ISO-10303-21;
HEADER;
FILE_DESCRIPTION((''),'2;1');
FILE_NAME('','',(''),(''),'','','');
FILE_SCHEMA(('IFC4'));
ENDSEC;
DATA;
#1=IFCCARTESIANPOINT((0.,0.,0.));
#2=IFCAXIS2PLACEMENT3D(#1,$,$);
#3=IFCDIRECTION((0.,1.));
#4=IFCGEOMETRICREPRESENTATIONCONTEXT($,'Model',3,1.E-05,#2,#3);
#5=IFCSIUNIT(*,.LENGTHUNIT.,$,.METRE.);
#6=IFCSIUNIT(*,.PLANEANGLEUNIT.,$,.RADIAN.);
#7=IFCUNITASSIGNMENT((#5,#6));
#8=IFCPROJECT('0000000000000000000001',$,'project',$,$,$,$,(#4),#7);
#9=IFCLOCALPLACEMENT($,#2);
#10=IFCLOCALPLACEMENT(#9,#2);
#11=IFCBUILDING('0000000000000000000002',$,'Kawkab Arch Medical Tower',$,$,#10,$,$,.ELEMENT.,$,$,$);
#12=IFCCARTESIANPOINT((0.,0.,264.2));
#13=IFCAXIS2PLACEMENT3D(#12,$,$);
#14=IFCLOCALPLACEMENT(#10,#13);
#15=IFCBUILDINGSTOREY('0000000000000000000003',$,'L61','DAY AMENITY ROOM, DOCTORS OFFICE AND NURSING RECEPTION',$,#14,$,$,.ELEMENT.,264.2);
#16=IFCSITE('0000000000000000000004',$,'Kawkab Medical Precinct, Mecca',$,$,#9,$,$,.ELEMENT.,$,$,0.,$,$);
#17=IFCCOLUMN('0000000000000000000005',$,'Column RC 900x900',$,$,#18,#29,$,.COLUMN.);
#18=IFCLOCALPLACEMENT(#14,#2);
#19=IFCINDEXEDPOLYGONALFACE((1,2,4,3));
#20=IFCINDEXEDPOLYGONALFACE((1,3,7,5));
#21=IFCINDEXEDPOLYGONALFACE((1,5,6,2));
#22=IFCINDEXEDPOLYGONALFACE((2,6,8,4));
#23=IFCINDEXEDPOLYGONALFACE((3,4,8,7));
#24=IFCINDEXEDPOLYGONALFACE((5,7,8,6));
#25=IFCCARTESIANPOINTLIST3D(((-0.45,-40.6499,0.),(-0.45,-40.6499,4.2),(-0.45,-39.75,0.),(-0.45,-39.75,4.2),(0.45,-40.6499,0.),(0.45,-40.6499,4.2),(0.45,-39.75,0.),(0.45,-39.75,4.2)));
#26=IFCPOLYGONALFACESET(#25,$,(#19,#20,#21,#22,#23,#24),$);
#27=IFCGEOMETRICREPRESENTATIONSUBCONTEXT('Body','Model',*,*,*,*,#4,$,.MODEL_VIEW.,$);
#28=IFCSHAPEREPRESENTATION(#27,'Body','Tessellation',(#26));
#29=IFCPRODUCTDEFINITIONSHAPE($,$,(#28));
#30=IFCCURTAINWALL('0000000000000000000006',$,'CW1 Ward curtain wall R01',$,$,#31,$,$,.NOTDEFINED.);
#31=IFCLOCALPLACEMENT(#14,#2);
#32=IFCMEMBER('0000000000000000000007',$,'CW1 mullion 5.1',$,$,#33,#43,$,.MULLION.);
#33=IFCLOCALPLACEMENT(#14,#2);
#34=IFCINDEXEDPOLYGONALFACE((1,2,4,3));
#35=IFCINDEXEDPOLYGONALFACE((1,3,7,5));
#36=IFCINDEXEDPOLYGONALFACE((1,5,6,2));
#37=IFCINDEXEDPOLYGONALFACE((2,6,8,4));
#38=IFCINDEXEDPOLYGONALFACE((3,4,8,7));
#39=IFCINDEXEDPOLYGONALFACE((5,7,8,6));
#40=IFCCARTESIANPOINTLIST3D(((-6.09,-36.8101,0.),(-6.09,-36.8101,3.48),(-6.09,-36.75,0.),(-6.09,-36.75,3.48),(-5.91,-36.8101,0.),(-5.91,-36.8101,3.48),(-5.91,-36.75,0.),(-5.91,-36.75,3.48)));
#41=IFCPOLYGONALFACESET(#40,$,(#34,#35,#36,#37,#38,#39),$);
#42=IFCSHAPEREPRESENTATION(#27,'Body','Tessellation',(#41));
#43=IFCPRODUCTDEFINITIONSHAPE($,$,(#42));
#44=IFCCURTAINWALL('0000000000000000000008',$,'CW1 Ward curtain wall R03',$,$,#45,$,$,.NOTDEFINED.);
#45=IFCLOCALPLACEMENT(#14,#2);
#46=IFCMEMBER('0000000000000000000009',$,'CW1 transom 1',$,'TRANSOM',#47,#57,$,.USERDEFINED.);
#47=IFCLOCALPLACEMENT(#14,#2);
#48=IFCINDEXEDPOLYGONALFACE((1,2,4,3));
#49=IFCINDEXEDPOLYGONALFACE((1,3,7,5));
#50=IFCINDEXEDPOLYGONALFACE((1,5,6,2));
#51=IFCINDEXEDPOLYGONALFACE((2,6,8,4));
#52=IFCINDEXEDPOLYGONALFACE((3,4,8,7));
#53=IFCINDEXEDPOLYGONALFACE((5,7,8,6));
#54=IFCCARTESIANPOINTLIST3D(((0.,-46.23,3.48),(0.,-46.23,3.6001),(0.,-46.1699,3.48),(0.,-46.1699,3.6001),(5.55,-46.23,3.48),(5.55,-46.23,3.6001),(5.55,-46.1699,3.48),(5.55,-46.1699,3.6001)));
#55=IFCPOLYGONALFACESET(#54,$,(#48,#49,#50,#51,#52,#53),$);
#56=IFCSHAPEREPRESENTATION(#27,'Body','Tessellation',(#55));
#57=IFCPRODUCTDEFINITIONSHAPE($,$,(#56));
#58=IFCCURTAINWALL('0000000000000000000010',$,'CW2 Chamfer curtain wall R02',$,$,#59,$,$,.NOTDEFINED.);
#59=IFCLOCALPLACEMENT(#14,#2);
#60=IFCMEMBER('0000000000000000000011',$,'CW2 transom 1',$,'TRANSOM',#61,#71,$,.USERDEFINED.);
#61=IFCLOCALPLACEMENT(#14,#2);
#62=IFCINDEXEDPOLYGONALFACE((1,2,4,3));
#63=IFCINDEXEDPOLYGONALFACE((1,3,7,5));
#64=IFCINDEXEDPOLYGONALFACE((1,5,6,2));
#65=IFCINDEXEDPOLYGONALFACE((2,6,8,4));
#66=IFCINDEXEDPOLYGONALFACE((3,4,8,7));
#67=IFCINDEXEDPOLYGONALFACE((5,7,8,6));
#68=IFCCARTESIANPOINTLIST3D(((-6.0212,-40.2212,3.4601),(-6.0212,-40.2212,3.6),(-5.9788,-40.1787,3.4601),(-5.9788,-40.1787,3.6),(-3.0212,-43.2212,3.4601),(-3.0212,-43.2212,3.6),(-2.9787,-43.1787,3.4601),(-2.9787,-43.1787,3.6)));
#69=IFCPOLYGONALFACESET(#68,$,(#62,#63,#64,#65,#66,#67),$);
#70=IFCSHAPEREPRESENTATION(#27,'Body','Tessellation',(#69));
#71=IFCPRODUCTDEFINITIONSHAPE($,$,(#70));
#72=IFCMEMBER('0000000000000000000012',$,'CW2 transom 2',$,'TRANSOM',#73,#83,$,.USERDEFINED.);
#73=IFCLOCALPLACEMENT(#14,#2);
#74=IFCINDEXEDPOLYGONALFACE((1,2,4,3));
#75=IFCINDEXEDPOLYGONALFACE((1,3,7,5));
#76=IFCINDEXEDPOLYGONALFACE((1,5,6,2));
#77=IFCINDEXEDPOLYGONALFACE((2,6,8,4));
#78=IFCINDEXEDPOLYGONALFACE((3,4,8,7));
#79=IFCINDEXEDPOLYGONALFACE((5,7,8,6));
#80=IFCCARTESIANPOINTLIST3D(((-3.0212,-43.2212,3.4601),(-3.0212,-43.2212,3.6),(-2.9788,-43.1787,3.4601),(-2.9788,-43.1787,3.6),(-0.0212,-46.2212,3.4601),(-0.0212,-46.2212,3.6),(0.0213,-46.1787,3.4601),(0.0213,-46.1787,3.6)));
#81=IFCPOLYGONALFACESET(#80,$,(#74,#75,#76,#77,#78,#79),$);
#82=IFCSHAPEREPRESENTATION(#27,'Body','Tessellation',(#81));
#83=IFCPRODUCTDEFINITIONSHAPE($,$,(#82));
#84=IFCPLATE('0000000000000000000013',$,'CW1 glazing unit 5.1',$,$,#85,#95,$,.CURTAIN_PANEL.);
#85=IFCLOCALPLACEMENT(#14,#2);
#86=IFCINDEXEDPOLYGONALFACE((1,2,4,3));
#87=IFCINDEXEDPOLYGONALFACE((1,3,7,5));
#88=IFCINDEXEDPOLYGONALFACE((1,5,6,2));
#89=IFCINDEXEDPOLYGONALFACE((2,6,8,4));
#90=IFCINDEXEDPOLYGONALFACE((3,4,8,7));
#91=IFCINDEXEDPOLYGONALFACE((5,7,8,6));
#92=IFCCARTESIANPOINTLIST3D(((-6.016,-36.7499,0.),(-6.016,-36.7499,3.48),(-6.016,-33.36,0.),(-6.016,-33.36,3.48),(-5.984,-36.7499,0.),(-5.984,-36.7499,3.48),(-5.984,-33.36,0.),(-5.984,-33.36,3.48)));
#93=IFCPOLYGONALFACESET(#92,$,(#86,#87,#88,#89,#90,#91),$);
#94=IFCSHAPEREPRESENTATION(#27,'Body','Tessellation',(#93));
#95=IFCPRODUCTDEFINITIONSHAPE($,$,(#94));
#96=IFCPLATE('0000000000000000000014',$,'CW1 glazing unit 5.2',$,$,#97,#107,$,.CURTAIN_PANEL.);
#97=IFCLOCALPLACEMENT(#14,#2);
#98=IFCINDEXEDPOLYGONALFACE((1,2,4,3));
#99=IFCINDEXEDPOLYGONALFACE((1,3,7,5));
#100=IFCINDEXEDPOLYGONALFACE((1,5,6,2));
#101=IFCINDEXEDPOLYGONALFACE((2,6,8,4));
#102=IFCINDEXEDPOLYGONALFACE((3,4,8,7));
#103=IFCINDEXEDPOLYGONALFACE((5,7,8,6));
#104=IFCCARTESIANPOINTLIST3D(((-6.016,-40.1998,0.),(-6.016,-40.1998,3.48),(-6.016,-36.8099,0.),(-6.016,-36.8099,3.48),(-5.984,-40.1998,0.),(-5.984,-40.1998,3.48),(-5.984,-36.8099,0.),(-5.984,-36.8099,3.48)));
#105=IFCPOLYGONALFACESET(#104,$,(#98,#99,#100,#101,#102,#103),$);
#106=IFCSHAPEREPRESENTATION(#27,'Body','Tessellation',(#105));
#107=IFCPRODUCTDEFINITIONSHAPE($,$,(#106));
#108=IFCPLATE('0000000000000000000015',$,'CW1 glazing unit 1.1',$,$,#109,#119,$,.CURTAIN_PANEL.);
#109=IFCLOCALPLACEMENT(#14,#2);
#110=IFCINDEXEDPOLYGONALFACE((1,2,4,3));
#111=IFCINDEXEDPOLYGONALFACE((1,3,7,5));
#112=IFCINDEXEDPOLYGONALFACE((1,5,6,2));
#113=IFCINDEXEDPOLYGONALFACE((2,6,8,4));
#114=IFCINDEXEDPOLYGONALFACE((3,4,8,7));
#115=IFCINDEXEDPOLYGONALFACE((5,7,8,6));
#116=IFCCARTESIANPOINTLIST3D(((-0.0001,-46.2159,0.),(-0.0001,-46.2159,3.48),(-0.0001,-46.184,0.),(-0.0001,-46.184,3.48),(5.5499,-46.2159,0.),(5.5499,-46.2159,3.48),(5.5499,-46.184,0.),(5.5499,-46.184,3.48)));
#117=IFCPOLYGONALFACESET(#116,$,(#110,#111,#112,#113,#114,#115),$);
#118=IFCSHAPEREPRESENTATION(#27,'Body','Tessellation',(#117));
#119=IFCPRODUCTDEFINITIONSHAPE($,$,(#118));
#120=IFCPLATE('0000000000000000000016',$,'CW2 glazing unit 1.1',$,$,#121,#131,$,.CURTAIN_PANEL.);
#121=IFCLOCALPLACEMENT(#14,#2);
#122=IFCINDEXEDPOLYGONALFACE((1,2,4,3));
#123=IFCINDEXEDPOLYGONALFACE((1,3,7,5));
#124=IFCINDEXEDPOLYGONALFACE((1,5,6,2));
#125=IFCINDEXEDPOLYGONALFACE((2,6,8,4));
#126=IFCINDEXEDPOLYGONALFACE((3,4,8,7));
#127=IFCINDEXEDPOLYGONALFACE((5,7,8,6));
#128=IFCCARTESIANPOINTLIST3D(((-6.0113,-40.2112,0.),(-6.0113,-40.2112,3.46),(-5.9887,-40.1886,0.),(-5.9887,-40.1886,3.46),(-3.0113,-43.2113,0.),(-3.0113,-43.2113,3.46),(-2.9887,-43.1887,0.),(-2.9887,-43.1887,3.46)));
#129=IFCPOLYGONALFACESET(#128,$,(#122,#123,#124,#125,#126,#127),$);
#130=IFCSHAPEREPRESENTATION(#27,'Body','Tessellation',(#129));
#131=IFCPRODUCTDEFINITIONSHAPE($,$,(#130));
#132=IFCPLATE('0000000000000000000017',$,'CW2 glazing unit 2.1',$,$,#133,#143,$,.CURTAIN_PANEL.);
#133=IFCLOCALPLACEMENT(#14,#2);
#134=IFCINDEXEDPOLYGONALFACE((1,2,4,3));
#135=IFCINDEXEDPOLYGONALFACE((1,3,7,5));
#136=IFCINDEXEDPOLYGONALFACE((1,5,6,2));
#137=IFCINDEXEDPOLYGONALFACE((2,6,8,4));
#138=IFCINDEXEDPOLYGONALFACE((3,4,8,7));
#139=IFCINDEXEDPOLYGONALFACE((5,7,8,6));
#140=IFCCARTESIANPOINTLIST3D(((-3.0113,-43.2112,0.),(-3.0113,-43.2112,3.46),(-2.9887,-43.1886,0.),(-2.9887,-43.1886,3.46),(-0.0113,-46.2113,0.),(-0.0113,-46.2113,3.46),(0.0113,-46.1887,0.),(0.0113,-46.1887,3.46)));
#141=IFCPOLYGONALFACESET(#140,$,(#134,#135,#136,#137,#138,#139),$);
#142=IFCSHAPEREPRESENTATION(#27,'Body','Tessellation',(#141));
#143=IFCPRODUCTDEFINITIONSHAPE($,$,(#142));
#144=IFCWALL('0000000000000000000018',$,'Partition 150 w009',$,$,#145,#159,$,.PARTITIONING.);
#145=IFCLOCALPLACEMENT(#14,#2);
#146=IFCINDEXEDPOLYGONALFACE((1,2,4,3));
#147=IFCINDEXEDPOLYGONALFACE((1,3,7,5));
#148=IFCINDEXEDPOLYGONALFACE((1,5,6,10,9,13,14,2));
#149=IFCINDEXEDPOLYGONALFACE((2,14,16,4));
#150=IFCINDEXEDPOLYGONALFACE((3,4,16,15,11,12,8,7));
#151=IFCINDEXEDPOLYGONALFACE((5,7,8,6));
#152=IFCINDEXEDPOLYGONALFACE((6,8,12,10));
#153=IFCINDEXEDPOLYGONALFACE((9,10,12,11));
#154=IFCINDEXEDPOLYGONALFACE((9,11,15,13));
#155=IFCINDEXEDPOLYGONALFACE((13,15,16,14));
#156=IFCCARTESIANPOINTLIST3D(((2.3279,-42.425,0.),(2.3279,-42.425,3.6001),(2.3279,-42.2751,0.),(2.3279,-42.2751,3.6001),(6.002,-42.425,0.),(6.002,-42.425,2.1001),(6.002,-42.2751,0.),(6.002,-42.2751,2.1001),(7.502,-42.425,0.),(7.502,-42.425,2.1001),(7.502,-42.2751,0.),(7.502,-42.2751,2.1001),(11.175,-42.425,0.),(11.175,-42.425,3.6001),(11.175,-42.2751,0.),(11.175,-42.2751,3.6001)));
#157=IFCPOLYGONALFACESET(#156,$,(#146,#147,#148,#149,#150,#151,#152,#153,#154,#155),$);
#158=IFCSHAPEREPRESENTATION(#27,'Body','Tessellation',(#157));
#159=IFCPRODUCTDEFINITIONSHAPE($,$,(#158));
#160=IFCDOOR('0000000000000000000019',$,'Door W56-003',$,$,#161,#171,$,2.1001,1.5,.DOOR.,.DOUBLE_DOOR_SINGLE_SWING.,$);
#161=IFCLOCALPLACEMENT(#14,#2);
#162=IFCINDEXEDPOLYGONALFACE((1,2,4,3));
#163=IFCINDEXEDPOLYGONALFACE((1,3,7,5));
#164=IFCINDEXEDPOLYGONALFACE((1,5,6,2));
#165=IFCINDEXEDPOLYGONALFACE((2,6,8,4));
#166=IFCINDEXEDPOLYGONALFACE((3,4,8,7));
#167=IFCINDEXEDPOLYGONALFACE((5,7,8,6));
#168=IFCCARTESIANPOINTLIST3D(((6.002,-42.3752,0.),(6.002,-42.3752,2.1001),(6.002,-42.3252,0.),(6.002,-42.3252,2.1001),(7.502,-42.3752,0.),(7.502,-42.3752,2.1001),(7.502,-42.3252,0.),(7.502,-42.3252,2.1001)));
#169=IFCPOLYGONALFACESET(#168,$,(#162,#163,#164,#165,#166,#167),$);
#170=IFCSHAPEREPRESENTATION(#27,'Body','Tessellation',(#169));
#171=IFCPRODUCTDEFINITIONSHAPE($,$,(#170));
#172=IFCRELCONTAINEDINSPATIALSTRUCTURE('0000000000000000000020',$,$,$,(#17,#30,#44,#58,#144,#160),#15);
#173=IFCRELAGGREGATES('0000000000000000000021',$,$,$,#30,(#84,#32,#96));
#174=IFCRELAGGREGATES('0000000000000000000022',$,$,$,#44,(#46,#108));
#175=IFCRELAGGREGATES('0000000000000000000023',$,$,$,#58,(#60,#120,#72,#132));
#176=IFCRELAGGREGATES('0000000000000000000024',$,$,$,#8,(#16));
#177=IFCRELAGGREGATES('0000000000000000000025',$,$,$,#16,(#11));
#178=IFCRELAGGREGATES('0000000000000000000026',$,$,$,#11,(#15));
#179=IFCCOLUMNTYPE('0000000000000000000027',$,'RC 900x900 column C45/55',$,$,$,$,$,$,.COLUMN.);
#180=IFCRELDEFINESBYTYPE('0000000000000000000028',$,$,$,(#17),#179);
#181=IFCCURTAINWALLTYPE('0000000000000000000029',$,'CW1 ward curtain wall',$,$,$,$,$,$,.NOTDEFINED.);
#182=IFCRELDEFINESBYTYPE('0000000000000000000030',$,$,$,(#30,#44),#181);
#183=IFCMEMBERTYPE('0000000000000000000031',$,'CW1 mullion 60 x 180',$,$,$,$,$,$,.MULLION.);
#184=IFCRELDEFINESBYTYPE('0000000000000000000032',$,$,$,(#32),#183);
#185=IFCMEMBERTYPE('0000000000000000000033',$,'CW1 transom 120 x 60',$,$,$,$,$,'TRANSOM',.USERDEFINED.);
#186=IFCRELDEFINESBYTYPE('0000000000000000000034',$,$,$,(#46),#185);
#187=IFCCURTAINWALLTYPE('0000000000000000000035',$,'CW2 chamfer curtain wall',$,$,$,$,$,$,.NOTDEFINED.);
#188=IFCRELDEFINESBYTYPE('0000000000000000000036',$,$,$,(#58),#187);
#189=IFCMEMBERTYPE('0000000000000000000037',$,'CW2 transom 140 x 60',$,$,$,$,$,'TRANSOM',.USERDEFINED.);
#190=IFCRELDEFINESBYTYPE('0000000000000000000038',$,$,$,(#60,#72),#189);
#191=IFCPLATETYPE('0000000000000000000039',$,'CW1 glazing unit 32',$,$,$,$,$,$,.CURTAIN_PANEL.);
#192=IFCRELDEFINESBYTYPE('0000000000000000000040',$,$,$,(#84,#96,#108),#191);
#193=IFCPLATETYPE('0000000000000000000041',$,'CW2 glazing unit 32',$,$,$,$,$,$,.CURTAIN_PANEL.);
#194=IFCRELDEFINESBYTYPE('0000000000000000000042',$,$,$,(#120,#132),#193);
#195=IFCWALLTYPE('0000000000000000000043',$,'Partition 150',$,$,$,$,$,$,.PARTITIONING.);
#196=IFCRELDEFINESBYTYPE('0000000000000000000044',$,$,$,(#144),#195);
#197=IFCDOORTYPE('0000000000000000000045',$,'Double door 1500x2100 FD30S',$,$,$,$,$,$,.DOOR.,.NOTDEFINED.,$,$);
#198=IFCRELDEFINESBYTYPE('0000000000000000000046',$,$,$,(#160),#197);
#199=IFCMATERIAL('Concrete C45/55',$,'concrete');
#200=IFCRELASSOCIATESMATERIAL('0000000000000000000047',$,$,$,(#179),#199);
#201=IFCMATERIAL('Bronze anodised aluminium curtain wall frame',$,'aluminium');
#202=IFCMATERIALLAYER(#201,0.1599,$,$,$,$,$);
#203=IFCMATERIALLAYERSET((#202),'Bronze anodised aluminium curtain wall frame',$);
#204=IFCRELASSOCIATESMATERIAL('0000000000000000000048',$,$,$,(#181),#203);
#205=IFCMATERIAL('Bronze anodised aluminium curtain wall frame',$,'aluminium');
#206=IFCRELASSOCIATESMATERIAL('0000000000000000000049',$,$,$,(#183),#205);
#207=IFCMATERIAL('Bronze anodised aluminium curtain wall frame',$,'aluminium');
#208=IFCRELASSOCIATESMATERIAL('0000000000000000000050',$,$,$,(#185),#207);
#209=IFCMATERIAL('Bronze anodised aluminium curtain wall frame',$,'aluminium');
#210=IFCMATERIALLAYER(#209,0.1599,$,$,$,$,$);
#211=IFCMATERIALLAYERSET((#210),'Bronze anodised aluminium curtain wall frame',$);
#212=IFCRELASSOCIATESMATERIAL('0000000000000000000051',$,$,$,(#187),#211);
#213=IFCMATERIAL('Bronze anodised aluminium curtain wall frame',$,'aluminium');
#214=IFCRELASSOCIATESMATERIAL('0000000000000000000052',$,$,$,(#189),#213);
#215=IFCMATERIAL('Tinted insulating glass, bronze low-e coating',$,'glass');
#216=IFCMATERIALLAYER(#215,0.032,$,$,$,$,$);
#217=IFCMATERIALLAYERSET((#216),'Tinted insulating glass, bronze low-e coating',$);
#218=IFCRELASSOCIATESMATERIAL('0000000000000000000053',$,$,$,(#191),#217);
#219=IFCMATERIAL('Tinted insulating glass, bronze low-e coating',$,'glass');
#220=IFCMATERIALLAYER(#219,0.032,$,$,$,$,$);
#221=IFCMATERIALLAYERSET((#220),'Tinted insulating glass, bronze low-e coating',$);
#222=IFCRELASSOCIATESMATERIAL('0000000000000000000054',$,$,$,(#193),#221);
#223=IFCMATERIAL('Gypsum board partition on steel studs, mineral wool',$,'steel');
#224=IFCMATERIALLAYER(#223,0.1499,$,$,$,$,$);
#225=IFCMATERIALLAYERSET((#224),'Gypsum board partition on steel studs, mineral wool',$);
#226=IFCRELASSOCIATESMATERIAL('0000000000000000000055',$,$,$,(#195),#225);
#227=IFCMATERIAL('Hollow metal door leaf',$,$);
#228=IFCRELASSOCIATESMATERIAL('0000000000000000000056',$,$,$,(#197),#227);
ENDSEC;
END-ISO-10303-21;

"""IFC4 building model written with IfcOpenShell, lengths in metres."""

from ifc_helpers import new_model, si_unit, direction, frame, frame_2d, origin, origin_2d, place, context, subcontext, project, spatial, rectangle, extrude, material, layer, layer_set, material_profile, profile_set, type_object, element, fill, aggregate, save


model = new_model("IFC4")

# Units and contexts
model_context = context("Model", 3, precision=1e-05, world=origin(), true_north=direction((0.0, 1.0)))
body_context = subcontext(model_context, "Body", "Model", "MODEL_VIEW")
ifc_project = project(units=[si_unit("LENGTHUNIT", "METRE"), si_unit("PLANEANGLEUNIT", "RADIAN")], contexts=[model_context])

# Site, building, storey
site_placement = place(None, origin())
site = spatial("IfcSite", under=ifc_project, at=site_placement, Name="Kawkab Medical Precinct, Mecca", CompositionType="ELEMENT", RefElevation=0.0)
building_placement = place(site_placement, origin())
building = spatial("IfcBuilding", under=site, at=building_placement, Name="Kawkab Arch Medical Tower", CompositionType="ELEMENT")
storey_placement = place(building_placement, frame((0.0, 0.0, 264.2)))
storey = spatial("IfcBuildingStorey", under=building, at=storey_placement, Name="L61", Description="DAY AMENITY ROOM, DOCTORS OFFICE AND NURSING RECEPTION", CompositionType="ELEMENT", Elevation=264.2)

# Column
ifc_material_1 = material(Name="Concrete C45/55", Category="concrete")
ifc_material_profile_1 = material_profile(ifc_material_1, rectangle(XDim=0.8999, YDim=0.8999, at=origin_2d()), Name="RC 900x900")
ifc_profile_set_1 = profile_set([ifc_material_profile_1], Name="Concrete C45/55")
column_type = type_object("IfcColumnType", Name="RC 900x900 column C45/55", PredefinedType="COLUMN", material=ifc_profile_set_1)
column_placement = place(storey_placement, frame((0.0, -40.2, 0.0), z_axis=(0.0, 0.0, 1.0), x_axis=(1.0, 0.0, 0.0)))
element("IfcColumn", 1, at=column_placement, inside=storey, type_object=column_type, Name="Column RC 900x900", PredefinedType="COLUMN", context=body_context, shape_type="SweptSolid", body=[
    extrude(rectangle(XDim=0.8999, YDim=0.8999, at=origin_2d()), origin(), (0.0, 0.0, 1.0), 4.2),
])

# Curtain walls, members
ifc_material_2 = material(Name="Bronze anodised aluminium curtain wall frame", Category="aluminium")
ifc_layer_1 = layer(ifc_material_2, 0.1599)
ifc_layer_set_1 = layer_set([ifc_layer_1], Name="Bronze anodised aluminium curtain wall frame")
curtain_wall_type_1 = type_object("IfcCurtainWallType", Name="CW1 ward curtain wall", PredefinedType="NOTDEFINED", material=ifc_layer_set_1)
placement = place(storey_placement, origin())
curtain_wall_1 = element("IfcCurtainWall", 2, at=placement, inside=storey, type_object=curtain_wall_type_1, Name="CW1 Ward curtain wall R01", PredefinedType="NOTDEFINED")
ifc_material_3 = material(Name="Bronze anodised aluminium curtain wall frame", Category="aluminium")
ifc_material_profile_2 = material_profile(ifc_material_3, rectangle(XDim=0.1799, YDim=0.0601, at=origin_2d()), Name="AL 60x180")
ifc_profile_set_2 = profile_set([ifc_material_profile_2], Name="Bronze anodised aluminium curtain wall frame")
member_type_1 = type_object("IfcMemberType", Name="CW1 mullion 60 x 180", PredefinedType="MULLION", material=ifc_profile_set_2)
member_1_placement = place(storey_placement, frame((-6.0, -36.78, 0.0), z_axis=(0.0, 0.0, 1.0), x_axis=(1.0, 0.0, 0.0)))
member_1 = element("IfcMember", 3, at=member_1_placement, type_object=member_type_1, Name="CW1 mullion 5.1", PredefinedType="MULLION", context=body_context, shape_type="SweptSolid", body=[
    extrude(rectangle(XDim=0.1799, YDim=0.0601, at=origin_2d()), origin(), (0.0, 0.0, 1.0), 3.48),
])
curtain_wall_2 = element("IfcCurtainWall", 4, at=placement, inside=storey, type_object=curtain_wall_type_1, Name="CW1 Ward curtain wall R03", PredefinedType="NOTDEFINED")
ifc_material_4 = material(Name="Bronze anodised aluminium curtain wall frame", Category="aluminium")
ifc_material_profile_3 = material_profile(ifc_material_4, rectangle(XDim=0.0601, YDim=0.1201, at=origin_2d()), Name="AL 60x120")
ifc_profile_set_3 = profile_set([ifc_material_profile_3], Name="Bronze anodised aluminium curtain wall frame")
member_type_2 = type_object("IfcMemberType", Name="CW1 transom 120 x 60", ElementType="TRANSOM", PredefinedType="USERDEFINED", material=ifc_profile_set_3)
member_2_placement = place(storey_placement, frame((0.0, -46.2, 3.54), z_axis=(1.0, 0.0, 0.0), x_axis=(0.0, 1.0, 0.0)))
member_2 = element("IfcMember", 5, at=member_2_placement, type_object=member_type_2, Name="CW1 transom 1", ObjectType="TRANSOM", PredefinedType="USERDEFINED", context=body_context, shape_type="SweptSolid", body=[
    extrude(rectangle(XDim=0.0601, YDim=0.1201, at=origin_2d()), origin(), (0.0, 0.0, 1.0), 5.55),
])

# Curtain wall, members
ifc_material_5 = material(Name="Bronze anodised aluminium curtain wall frame", Category="aluminium")
ifc_layer_2 = layer(ifc_material_5, 0.1599)
ifc_layer_set_2 = layer_set([ifc_layer_2], Name="Bronze anodised aluminium curtain wall frame")
curtain_wall_type_2 = type_object("IfcCurtainWallType", Name="CW2 chamfer curtain wall", PredefinedType="NOTDEFINED", material=ifc_layer_set_2)
curtain_wall_3 = element("IfcCurtainWall", 6, at=placement, inside=storey, type_object=curtain_wall_type_2, Name="CW2 Chamfer curtain wall R02", PredefinedType="NOTDEFINED")
ifc_material_6 = material(Name="Bronze anodised aluminium curtain wall frame", Category="aluminium")
ifc_material_profile_4 = material_profile(ifc_material_6, rectangle(XDim=0.0601, YDim=0.1399, at=origin_2d()), Name="AL 60x140")
ifc_profile_set_4 = profile_set([ifc_material_profile_4], Name="Bronze anodised aluminium curtain wall frame")
member_type_3 = type_object("IfcMemberType", Name="CW2 transom 140 x 60", ElementType="TRANSOM", PredefinedType="USERDEFINED", material=ifc_profile_set_4)
member_3_placement = place(storey_placement, frame((-6.0, -40.2, 3.53), z_axis=(0.707107, -0.707107, 0.0), x_axis=(0.707107, 0.707107, 0.0)))
member_3 = element("IfcMember", 7, at=member_3_placement, type_object=member_type_3, Name="CW2 transom 1", ObjectType="TRANSOM", PredefinedType="USERDEFINED", context=body_context, shape_type="SweptSolid", body=[
    extrude(rectangle(XDim=0.0601, YDim=0.1399, at=origin_2d()), origin(), (0.0, 0.0, 1.0), 4.2427),
])
member_4_placement = place(storey_placement, frame((-3.0, -43.2, 3.53), z_axis=(0.707107, -0.707107, 0.0), x_axis=(0.707107, 0.707107, 0.0)))
member_4 = element("IfcMember", 8, at=member_4_placement, type_object=member_type_3, Name="CW2 transom 2", ObjectType="TRANSOM", PredefinedType="USERDEFINED", context=body_context, shape_type="SweptSolid", body=[
    extrude(rectangle(XDim=0.0601, YDim=0.1399, at=origin_2d()), origin(), (0.0, 0.0, 1.0), 4.2427),
])

# Plates
ifc_material_7 = material(Name="Tinted insulating glass, bronze low-e coating", Category="glass")
ifc_layer_3 = layer(ifc_material_7, 0.032)
ifc_layer_set_3 = layer_set([ifc_layer_3], Name="Tinted insulating glass, bronze low-e coating")
plate_type_1 = type_object("IfcPlateType", Name="CW1 glazing unit 32", PredefinedType="CURTAIN_PANEL", material=ifc_layer_set_3)
plate_1_placement = place(storey_placement, frame((-6.0, -35.0549, 0.0), z_axis=(0.0, 0.0, 1.0), x_axis=(0.0, -1.0, 0.0)))
plate_1 = element("IfcPlate", 9, at=plate_1_placement, type_object=plate_type_1, Name="CW1 glazing unit 5.1", PredefinedType="CURTAIN_PANEL", context=body_context, shape_type="SweptSolid", body=[
    extrude(rectangle(XDim=3.3899, YDim=0.032, at=origin_2d()), origin(), (0.0, 0.0, 1.0), 3.48),
])
plate_2_placement = place(storey_placement, frame((-6.0, -38.5049, 0.0), z_axis=(0.0, 0.0, 1.0), x_axis=(0.0, -1.0, 0.0)))
plate_2 = element("IfcPlate", 10, at=plate_2_placement, type_object=plate_type_1, Name="CW1 glazing unit 5.2", PredefinedType="CURTAIN_PANEL", context=body_context, shape_type="SweptSolid", body=[
    extrude(rectangle(XDim=3.3899, YDim=0.032, at=origin_2d()), origin(), (0.0, 0.0, 1.0), 3.48),
])
aggregate(curtain_wall_1, [plate_1, member_1, plate_2])
plate_3_placement = place(storey_placement, frame((2.7749, -46.2, 0.0), z_axis=(0.0, 0.0, 1.0), x_axis=(1.0, 0.0, 0.0)))
plate_3 = element("IfcPlate", 11, at=plate_3_placement, type_object=plate_type_1, Name="CW1 glazing unit 1.1", PredefinedType="CURTAIN_PANEL", context=body_context, shape_type="SweptSolid", body=[
    extrude(rectangle(XDim=5.55, YDim=0.032, at=origin_2d()), origin(), (0.0, 0.0, 1.0), 3.48),
])
aggregate(curtain_wall_2, [member_2, plate_3])
ifc_material_8 = material(Name="Tinted insulating glass, bronze low-e coating", Category="glass")
ifc_layer_4 = layer(ifc_material_8, 0.032)
ifc_layer_set_4 = layer_set([ifc_layer_4], Name="Tinted insulating glass, bronze low-e coating")
plate_type_2 = type_object("IfcPlateType", Name="CW2 glazing unit 32", PredefinedType="CURTAIN_PANEL", material=ifc_layer_set_4)
plate_4_placement = place(storey_placement, frame((-4.5, -41.7, 0.0), z_axis=(0.0, 0.0, 1.0), x_axis=(0.707107, -0.707107, 0.0)))
plate_4 = element("IfcPlate", 12, at=plate_4_placement, type_object=plate_type_2, Name="CW2 glazing unit 1.1", PredefinedType="CURTAIN_PANEL", context=body_context, shape_type="SweptSolid", body=[
    extrude(rectangle(XDim=4.2427, YDim=0.032, at=origin_2d()), origin(), (0.0, 0.0, 1.0), 3.46),
])
plate_5_placement = place(storey_placement, frame((-1.5, -44.7, 0.0), z_axis=(0.0, 0.0, 1.0), x_axis=(0.707107, -0.707107, 0.0)))
plate_5 = element("IfcPlate", 13, at=plate_5_placement, type_object=plate_type_2, Name="CW2 glazing unit 2.1", PredefinedType="CURTAIN_PANEL", context=body_context, shape_type="SweptSolid", body=[
    extrude(rectangle(XDim=4.2427, YDim=0.032, at=origin_2d()), origin(), (0.0, 0.0, 1.0), 3.46),
])
aggregate(curtain_wall_3, [member_3, plate_4, member_4, plate_5])

# Wall, opening, door
ifc_material_9 = material(Name="Gypsum board partition on steel studs, mineral wool", Category="steel")
ifc_layer_5 = layer(ifc_material_9, 0.1499)
ifc_layer_set_5 = layer_set([ifc_layer_5], Name="Gypsum board partition on steel studs, mineral wool")
wall_type_1 = type_object("IfcWallType", Name="Partition 150", PredefinedType="PARTITIONING", material=ifc_layer_set_5)
wall_1_placement = place(storey_placement, frame((2.3279, -42.3501, 0.0), z_axis=(0.0, 0.0, 1.0), x_axis=(1.0, 0.0, 0.0)))
wall_1 = element("IfcWall", 14, at=wall_1_placement, inside=storey, type_object=wall_type_1, Name="Partition 150 w009", PredefinedType="PARTITIONING", context=body_context, shape_type="SweptSolid", body=[
    extrude(rectangle(XDim=8.8472, YDim=0.1499, at=frame_2d((4.4236, 0.0))), origin(), (0.0, 0.0, 1.0), 3.6001),
])
opening_1_placement = place(wall_1_placement, frame((3.6741, 0.0, 0.0)))
opening_1 = element("IfcOpeningElement", 15, at=opening_1_placement, cuts=wall_1, PredefinedType="OPENING", context=body_context, shape_type="SweptSolid", body=[
    extrude(rectangle(XDim=1.5, YDim=2.1001, at=frame_2d((0.75, 1.05))), frame((0.0, 0.085, 0.0), z_axis=(0.0, -1.0, 0.0), x_axis=(1.0, 0.0, 0.0)), (0.0, 0.0, 1.0), 0.1699),
])
ifc_material_10 = material(Name="Hollow metal door leaf")
door_type_1 = type_object("IfcDoorType", Name="Double door 1500x2100 FD30S", OperationType="NOTDEFINED", PredefinedType="DOOR", material=ifc_material_10)
door_1_placement = place(opening_1_placement, origin())
door_1 = element("IfcDoor", 16, at=door_1_placement, inside=storey, type_object=door_type_1, Name="Door W56-003", OperationType="DOUBLE_DOOR_SINGLE_SWING", OverallHeight=2.1001, OverallWidth=1.5, PredefinedType="DOOR", context=body_context, shape_type="SweptSolid", body=[
    extrude(rectangle(XDim=1.5, YDim=2.1001, at=frame_2d((0.75, 1.05))), frame((0.0, 0.0249, 0.0), z_axis=(0.0, -1.0, 0.0), x_axis=(1.0, 0.0, 0.0)), (0.0, 0.0, 1.0), 0.05),
])
fill(opening_1, door_1)

save(model, "model.ifc")
